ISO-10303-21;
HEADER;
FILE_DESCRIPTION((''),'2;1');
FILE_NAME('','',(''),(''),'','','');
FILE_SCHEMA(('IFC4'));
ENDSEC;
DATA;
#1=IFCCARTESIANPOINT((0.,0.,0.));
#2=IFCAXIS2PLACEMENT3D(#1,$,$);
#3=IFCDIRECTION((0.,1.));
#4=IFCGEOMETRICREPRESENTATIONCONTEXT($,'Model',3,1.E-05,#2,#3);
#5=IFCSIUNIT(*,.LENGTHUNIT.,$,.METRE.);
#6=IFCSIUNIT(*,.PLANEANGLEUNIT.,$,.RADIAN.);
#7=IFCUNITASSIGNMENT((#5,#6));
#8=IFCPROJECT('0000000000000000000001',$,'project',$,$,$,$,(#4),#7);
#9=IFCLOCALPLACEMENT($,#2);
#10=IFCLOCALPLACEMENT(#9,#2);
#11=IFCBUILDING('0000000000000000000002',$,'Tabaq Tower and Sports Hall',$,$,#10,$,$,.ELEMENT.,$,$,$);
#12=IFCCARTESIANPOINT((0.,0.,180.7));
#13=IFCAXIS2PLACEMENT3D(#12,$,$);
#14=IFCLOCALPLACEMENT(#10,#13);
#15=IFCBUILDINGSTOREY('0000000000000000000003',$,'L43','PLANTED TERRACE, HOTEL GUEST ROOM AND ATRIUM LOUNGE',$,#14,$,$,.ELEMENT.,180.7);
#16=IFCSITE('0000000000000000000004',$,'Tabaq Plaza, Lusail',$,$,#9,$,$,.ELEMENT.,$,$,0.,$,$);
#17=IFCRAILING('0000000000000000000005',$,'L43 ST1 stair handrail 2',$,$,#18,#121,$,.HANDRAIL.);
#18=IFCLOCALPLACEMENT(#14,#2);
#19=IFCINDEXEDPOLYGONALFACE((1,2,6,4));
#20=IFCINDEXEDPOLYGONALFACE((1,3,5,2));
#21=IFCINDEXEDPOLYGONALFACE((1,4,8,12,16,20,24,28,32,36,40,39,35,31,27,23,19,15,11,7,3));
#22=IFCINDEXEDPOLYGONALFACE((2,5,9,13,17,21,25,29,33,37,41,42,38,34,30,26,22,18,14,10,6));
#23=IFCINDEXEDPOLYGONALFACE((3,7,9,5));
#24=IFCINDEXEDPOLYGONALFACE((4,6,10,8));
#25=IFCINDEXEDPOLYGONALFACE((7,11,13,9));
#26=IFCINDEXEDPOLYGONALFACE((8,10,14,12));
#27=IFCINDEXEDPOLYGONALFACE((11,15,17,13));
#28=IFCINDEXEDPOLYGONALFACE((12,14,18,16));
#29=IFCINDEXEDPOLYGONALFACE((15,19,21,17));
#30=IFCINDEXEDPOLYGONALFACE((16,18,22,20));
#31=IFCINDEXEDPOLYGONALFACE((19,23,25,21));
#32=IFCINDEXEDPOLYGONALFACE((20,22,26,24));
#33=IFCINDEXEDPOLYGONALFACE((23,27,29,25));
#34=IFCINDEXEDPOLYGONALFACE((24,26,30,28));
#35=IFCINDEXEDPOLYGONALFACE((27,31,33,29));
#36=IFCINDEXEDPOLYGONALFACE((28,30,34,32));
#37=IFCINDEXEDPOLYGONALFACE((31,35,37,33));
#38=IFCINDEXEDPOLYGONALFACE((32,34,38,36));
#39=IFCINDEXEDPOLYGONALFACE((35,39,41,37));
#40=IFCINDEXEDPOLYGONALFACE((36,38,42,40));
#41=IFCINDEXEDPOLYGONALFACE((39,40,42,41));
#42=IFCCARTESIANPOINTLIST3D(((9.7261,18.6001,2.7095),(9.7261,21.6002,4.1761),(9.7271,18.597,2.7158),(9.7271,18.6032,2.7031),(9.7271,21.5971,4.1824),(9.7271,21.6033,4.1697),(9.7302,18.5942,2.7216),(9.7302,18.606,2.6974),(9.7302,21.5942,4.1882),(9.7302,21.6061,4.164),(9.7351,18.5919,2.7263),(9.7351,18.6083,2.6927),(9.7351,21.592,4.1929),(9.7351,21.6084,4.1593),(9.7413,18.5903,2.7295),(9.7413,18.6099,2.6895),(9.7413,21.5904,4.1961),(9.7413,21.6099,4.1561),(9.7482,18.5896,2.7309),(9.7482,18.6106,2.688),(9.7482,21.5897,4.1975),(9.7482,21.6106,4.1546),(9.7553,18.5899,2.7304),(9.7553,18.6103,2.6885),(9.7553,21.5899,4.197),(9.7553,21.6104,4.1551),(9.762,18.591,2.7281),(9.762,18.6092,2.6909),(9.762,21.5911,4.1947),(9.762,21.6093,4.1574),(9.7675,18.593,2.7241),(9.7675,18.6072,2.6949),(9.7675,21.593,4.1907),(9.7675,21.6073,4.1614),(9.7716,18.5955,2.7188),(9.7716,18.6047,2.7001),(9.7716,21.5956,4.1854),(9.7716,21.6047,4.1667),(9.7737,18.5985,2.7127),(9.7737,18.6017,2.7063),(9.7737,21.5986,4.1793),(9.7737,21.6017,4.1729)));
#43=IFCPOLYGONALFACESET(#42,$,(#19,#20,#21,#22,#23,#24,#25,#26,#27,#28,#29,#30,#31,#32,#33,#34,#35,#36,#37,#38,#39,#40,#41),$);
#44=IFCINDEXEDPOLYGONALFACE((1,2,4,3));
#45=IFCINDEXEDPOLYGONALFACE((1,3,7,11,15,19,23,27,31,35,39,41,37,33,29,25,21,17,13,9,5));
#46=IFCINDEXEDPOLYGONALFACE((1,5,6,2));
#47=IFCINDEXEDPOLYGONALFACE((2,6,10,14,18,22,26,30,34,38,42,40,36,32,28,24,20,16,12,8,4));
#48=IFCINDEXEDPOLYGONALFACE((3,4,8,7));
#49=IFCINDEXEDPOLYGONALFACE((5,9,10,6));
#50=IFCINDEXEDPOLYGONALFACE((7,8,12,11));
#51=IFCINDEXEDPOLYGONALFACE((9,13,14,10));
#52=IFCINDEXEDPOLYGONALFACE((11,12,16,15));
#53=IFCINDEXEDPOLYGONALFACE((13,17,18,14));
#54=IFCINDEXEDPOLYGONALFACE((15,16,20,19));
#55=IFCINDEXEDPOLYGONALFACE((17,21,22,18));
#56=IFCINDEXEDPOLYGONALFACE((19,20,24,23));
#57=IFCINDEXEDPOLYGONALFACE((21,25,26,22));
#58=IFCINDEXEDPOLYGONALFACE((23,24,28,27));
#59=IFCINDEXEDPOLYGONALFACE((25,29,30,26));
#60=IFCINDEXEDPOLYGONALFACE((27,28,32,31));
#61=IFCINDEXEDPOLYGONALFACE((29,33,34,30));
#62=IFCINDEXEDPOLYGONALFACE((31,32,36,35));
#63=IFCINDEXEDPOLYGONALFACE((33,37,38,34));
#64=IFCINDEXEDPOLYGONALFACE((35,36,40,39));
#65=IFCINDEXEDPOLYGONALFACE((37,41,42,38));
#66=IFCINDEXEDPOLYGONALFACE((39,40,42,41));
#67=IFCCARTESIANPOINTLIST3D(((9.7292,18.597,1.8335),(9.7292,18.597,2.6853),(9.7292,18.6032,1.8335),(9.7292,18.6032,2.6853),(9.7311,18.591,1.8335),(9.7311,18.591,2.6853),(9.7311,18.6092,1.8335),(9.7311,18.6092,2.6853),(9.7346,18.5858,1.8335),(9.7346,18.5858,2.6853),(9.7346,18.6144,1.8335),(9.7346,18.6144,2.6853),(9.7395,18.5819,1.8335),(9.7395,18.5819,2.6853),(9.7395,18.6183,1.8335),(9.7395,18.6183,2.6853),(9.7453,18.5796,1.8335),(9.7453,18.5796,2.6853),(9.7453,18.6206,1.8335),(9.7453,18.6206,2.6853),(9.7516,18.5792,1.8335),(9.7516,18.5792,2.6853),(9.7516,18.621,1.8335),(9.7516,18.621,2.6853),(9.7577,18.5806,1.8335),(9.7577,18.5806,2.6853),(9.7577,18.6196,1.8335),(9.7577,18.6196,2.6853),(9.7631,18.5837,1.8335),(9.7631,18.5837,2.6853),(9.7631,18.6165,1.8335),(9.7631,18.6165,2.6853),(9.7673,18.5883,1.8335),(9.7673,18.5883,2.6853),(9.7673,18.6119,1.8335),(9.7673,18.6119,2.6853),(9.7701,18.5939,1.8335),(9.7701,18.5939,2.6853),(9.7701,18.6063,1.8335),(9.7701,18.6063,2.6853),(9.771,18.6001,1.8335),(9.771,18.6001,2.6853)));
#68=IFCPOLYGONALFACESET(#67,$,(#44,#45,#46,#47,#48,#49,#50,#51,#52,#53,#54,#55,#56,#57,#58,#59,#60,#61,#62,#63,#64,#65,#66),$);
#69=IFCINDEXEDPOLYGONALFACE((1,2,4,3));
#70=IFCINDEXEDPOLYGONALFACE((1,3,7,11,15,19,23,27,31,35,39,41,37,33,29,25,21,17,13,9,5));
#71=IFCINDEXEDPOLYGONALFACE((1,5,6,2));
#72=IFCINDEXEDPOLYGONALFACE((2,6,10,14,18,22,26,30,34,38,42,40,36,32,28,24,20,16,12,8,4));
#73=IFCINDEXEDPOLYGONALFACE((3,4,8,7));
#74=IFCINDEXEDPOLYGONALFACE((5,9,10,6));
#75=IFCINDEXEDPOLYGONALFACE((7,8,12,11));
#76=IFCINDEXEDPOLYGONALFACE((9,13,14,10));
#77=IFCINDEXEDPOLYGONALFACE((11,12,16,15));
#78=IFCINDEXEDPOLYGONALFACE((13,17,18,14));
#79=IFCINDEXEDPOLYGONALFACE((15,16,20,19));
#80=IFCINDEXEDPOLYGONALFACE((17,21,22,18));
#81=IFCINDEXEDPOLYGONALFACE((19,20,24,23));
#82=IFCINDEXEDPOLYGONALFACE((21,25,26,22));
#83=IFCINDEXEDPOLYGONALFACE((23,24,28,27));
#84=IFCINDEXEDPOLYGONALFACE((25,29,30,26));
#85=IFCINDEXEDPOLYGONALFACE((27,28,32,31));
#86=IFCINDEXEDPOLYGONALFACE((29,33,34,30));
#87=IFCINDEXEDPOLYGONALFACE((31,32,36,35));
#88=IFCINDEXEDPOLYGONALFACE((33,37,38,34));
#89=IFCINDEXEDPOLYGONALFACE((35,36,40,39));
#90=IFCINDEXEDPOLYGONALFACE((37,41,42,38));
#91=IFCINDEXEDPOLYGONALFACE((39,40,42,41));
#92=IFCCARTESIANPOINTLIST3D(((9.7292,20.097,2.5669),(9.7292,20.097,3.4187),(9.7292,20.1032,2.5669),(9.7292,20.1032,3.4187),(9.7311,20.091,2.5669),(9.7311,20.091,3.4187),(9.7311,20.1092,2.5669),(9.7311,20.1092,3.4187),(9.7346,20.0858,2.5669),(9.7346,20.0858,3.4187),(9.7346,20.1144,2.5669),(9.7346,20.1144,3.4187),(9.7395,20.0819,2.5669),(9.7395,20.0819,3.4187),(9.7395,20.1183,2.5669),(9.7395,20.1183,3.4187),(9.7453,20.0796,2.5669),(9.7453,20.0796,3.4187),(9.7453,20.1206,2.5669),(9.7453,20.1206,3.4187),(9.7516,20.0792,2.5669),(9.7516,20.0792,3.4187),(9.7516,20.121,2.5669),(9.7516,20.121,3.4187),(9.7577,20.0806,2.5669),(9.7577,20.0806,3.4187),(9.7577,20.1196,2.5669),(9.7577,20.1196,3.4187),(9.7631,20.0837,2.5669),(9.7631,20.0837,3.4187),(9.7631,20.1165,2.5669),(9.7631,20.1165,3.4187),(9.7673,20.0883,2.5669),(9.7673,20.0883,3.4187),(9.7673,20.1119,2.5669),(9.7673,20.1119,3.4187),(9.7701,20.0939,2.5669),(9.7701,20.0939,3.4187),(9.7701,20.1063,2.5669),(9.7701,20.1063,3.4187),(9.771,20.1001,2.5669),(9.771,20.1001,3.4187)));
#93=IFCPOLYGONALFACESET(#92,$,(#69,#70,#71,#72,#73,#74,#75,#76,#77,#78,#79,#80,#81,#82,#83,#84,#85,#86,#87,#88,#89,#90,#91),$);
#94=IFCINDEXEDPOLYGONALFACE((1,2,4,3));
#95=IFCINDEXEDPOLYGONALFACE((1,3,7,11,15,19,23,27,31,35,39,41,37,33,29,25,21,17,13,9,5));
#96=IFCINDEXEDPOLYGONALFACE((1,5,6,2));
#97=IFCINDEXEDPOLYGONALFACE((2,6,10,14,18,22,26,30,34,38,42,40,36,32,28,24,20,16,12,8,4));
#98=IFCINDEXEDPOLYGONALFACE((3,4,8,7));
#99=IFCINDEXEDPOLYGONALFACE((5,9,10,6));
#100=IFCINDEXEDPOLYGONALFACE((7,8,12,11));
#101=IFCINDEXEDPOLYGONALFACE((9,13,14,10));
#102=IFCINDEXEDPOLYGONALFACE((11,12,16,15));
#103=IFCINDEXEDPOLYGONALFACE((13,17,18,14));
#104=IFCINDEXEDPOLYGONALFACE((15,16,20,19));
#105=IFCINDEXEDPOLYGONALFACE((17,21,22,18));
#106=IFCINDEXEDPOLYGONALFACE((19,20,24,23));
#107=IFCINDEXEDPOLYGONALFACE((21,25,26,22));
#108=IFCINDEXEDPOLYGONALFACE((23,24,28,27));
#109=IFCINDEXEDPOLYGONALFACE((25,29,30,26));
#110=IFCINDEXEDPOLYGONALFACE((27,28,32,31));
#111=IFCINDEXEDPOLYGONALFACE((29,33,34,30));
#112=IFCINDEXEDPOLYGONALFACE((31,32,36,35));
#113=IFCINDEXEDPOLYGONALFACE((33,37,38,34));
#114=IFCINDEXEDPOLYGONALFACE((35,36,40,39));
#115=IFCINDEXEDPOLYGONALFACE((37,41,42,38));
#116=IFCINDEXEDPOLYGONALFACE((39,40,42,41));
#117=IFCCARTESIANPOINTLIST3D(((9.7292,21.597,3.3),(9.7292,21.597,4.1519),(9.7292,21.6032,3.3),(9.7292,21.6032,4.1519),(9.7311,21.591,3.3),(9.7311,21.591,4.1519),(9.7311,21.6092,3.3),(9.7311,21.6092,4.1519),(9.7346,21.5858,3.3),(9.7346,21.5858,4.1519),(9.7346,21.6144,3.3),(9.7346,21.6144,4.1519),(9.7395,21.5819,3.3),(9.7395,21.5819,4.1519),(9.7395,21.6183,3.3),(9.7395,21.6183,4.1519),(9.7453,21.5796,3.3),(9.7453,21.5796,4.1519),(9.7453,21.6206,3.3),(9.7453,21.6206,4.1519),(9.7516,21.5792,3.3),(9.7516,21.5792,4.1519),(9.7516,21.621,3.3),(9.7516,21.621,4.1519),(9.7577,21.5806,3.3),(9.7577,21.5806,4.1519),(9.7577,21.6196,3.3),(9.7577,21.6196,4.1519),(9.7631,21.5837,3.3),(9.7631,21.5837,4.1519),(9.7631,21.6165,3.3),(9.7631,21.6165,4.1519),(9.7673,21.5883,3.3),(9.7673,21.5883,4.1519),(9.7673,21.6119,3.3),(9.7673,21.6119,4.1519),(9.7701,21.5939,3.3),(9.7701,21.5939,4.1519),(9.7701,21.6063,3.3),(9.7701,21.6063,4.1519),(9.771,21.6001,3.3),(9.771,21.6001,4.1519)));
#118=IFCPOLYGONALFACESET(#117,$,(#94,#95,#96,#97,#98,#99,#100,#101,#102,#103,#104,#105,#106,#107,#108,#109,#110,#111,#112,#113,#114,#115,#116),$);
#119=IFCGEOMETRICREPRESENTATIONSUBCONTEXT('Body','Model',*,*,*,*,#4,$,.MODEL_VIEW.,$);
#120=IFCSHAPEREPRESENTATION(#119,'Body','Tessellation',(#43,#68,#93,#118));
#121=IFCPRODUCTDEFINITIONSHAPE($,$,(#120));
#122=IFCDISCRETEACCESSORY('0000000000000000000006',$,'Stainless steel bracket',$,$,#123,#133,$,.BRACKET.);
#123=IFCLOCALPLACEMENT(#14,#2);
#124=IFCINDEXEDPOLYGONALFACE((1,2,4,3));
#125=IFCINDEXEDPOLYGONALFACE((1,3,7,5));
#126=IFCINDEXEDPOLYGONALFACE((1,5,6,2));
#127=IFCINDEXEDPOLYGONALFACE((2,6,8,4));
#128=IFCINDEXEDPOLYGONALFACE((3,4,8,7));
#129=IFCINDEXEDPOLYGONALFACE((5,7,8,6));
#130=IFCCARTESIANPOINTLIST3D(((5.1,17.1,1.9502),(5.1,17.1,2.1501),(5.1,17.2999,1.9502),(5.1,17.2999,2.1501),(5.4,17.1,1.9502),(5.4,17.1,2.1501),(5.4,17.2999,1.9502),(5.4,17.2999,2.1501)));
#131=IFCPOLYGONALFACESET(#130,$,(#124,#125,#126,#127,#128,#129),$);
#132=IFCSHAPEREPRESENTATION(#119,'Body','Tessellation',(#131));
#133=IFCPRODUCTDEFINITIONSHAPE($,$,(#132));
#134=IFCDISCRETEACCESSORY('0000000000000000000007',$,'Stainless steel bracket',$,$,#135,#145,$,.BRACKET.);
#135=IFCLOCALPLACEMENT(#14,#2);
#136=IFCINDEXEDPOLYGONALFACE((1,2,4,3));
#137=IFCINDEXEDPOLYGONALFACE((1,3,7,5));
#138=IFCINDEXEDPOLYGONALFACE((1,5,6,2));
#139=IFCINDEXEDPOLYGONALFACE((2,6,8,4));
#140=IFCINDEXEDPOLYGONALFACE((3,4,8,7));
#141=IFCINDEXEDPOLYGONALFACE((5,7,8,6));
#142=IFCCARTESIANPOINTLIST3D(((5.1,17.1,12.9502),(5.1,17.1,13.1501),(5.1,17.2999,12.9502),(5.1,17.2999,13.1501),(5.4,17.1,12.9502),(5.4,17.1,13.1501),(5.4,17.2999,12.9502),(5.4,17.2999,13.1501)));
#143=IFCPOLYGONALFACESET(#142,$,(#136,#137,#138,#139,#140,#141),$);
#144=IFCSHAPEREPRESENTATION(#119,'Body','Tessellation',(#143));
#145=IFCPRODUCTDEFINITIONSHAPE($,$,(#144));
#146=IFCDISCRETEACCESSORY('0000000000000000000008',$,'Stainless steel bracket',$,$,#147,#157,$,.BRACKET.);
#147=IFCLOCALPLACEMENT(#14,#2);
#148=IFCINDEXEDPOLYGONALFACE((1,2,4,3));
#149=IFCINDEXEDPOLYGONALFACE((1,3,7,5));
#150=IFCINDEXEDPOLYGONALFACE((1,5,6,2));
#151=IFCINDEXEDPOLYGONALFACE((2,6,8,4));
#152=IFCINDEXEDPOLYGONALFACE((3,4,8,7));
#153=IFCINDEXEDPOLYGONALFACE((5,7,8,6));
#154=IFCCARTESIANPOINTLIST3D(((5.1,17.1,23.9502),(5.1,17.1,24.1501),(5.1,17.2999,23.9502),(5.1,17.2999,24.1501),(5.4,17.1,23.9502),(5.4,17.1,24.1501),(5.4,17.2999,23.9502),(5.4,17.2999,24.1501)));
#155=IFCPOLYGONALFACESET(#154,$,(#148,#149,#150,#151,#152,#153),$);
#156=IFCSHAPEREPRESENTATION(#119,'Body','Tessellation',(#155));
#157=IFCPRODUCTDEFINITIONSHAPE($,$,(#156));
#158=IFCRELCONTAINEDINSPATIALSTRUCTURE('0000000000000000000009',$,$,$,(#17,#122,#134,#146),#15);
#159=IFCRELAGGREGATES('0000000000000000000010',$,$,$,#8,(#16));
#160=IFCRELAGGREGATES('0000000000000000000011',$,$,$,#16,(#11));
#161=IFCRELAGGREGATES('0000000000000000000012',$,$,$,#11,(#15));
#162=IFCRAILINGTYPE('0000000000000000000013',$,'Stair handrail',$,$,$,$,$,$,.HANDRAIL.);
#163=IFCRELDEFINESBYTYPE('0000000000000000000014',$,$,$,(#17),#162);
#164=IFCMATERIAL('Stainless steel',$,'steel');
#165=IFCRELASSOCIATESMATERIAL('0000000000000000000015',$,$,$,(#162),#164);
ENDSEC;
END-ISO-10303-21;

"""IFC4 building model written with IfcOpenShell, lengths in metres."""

from ifc_helpers import new_model, si_unit, direction, frame, origin, origin_2d, place, context, subcontext, project, spatial, rectangle, circle, extrude, material, type_object, element, save


model = new_model("IFC4")

# Units and contexts
model_context = context("Model", 3, precision=1e-05, world=origin(), true_north=direction((0.0, 1.0)))
body_context = subcontext(model_context, "Body", "Model", "MODEL_VIEW")
ifc_project = project(units=[si_unit("LENGTHUNIT", "METRE"), si_unit("PLANEANGLEUNIT", "RADIAN")], contexts=[model_context])

# Site, building, storey
site_placement = place(None, origin())
site = spatial("IfcSite", under=ifc_project, at=site_placement, Name="Tabaq Plaza, Lusail", CompositionType="ELEMENT", RefElevation=0.0)
building_placement = place(site_placement, origin())
building = spatial("IfcBuilding", under=site, at=building_placement, Name="Tabaq Tower and Sports Hall", CompositionType="ELEMENT")
storey_placement = place(building_placement, frame((0.0, 0.0, 180.7)))
storey = spatial("IfcBuildingStorey", under=building, at=storey_placement, Name="L43", Description="PLANTED TERRACE, HOTEL GUEST ROOM AND ATRIUM LOUNGE", CompositionType="ELEMENT", Elevation=180.7)

# Railing
ifc_material_1 = material(Name="Stainless steel", Category="steel")
railing_type = type_object("IfcRailingType", Name="Stair handrail", PredefinedType="HANDRAIL", material=ifc_material_1)
railing_placement = place(storey_placement, frame((9.75, 18.6001, 1.8335)))
element("IfcRailing", 1, at=railing_placement, inside=storey, type_object=railing_type, Name="L43 ST1 stair handrail 2", PredefinedType="HANDRAIL", context=body_context, shape_type="SweptSolid", body=[
    extrude(circle(Radius=0.0239, at=origin_2d()), frame((0.0, 0.0, 0.876), z_axis=(0.0, 0.898398, 0.439183), x_axis=(-1.0, 0.0, 0.0)), (0.0, 0.0, 1.0), 3.3394),
    extrude(circle(Radius=0.021, at=origin_2d()), origin(), (0.0, 0.0, 1.0), 0.8518),
    extrude(circle(Radius=0.021, at=origin_2d()), frame((0.0, 1.5, 0.7334)), (0.0, 0.0, 1.0), 0.8518),
    extrude(circle(Radius=0.021, at=origin_2d()), frame((0.0, 3.0, 1.4666)), (0.0, 0.0, 1.0), 0.8518),
])

# Discrete accessories
for number, where, z_axis, x_axis, name in (
    (2, (5.25, 17.2, 1.9502), (0.0, 0.0, 1.0), (0.0, 1.0, 0.0), "Stainless steel bracket"),
    (3, (5.25, 17.2, 12.9502), (0.0, 0.0, 1.0), (0.0, 1.0, 0.0), "Stainless steel bracket"),
    (4, (5.25, 17.2, 23.9502), (0.0, 0.0, 1.0), (0.0, 1.0, 0.0), "Stainless steel bracket"),
):
    element("IfcDiscreteAccessory", number, at=place(storey_placement, frame(where, z_axis=z_axis, x_axis=x_axis)), inside=storey, Name=name, PredefinedType="BRACKET", context=body_context, shape_type="SweptSolid", body=[
        extrude(rectangle(XDim=0.2, YDim=0.3, at=origin_2d()), origin(), (0.0, 0.0, 1.0), 0.2),
    ])

save(model, "model.ifc")
